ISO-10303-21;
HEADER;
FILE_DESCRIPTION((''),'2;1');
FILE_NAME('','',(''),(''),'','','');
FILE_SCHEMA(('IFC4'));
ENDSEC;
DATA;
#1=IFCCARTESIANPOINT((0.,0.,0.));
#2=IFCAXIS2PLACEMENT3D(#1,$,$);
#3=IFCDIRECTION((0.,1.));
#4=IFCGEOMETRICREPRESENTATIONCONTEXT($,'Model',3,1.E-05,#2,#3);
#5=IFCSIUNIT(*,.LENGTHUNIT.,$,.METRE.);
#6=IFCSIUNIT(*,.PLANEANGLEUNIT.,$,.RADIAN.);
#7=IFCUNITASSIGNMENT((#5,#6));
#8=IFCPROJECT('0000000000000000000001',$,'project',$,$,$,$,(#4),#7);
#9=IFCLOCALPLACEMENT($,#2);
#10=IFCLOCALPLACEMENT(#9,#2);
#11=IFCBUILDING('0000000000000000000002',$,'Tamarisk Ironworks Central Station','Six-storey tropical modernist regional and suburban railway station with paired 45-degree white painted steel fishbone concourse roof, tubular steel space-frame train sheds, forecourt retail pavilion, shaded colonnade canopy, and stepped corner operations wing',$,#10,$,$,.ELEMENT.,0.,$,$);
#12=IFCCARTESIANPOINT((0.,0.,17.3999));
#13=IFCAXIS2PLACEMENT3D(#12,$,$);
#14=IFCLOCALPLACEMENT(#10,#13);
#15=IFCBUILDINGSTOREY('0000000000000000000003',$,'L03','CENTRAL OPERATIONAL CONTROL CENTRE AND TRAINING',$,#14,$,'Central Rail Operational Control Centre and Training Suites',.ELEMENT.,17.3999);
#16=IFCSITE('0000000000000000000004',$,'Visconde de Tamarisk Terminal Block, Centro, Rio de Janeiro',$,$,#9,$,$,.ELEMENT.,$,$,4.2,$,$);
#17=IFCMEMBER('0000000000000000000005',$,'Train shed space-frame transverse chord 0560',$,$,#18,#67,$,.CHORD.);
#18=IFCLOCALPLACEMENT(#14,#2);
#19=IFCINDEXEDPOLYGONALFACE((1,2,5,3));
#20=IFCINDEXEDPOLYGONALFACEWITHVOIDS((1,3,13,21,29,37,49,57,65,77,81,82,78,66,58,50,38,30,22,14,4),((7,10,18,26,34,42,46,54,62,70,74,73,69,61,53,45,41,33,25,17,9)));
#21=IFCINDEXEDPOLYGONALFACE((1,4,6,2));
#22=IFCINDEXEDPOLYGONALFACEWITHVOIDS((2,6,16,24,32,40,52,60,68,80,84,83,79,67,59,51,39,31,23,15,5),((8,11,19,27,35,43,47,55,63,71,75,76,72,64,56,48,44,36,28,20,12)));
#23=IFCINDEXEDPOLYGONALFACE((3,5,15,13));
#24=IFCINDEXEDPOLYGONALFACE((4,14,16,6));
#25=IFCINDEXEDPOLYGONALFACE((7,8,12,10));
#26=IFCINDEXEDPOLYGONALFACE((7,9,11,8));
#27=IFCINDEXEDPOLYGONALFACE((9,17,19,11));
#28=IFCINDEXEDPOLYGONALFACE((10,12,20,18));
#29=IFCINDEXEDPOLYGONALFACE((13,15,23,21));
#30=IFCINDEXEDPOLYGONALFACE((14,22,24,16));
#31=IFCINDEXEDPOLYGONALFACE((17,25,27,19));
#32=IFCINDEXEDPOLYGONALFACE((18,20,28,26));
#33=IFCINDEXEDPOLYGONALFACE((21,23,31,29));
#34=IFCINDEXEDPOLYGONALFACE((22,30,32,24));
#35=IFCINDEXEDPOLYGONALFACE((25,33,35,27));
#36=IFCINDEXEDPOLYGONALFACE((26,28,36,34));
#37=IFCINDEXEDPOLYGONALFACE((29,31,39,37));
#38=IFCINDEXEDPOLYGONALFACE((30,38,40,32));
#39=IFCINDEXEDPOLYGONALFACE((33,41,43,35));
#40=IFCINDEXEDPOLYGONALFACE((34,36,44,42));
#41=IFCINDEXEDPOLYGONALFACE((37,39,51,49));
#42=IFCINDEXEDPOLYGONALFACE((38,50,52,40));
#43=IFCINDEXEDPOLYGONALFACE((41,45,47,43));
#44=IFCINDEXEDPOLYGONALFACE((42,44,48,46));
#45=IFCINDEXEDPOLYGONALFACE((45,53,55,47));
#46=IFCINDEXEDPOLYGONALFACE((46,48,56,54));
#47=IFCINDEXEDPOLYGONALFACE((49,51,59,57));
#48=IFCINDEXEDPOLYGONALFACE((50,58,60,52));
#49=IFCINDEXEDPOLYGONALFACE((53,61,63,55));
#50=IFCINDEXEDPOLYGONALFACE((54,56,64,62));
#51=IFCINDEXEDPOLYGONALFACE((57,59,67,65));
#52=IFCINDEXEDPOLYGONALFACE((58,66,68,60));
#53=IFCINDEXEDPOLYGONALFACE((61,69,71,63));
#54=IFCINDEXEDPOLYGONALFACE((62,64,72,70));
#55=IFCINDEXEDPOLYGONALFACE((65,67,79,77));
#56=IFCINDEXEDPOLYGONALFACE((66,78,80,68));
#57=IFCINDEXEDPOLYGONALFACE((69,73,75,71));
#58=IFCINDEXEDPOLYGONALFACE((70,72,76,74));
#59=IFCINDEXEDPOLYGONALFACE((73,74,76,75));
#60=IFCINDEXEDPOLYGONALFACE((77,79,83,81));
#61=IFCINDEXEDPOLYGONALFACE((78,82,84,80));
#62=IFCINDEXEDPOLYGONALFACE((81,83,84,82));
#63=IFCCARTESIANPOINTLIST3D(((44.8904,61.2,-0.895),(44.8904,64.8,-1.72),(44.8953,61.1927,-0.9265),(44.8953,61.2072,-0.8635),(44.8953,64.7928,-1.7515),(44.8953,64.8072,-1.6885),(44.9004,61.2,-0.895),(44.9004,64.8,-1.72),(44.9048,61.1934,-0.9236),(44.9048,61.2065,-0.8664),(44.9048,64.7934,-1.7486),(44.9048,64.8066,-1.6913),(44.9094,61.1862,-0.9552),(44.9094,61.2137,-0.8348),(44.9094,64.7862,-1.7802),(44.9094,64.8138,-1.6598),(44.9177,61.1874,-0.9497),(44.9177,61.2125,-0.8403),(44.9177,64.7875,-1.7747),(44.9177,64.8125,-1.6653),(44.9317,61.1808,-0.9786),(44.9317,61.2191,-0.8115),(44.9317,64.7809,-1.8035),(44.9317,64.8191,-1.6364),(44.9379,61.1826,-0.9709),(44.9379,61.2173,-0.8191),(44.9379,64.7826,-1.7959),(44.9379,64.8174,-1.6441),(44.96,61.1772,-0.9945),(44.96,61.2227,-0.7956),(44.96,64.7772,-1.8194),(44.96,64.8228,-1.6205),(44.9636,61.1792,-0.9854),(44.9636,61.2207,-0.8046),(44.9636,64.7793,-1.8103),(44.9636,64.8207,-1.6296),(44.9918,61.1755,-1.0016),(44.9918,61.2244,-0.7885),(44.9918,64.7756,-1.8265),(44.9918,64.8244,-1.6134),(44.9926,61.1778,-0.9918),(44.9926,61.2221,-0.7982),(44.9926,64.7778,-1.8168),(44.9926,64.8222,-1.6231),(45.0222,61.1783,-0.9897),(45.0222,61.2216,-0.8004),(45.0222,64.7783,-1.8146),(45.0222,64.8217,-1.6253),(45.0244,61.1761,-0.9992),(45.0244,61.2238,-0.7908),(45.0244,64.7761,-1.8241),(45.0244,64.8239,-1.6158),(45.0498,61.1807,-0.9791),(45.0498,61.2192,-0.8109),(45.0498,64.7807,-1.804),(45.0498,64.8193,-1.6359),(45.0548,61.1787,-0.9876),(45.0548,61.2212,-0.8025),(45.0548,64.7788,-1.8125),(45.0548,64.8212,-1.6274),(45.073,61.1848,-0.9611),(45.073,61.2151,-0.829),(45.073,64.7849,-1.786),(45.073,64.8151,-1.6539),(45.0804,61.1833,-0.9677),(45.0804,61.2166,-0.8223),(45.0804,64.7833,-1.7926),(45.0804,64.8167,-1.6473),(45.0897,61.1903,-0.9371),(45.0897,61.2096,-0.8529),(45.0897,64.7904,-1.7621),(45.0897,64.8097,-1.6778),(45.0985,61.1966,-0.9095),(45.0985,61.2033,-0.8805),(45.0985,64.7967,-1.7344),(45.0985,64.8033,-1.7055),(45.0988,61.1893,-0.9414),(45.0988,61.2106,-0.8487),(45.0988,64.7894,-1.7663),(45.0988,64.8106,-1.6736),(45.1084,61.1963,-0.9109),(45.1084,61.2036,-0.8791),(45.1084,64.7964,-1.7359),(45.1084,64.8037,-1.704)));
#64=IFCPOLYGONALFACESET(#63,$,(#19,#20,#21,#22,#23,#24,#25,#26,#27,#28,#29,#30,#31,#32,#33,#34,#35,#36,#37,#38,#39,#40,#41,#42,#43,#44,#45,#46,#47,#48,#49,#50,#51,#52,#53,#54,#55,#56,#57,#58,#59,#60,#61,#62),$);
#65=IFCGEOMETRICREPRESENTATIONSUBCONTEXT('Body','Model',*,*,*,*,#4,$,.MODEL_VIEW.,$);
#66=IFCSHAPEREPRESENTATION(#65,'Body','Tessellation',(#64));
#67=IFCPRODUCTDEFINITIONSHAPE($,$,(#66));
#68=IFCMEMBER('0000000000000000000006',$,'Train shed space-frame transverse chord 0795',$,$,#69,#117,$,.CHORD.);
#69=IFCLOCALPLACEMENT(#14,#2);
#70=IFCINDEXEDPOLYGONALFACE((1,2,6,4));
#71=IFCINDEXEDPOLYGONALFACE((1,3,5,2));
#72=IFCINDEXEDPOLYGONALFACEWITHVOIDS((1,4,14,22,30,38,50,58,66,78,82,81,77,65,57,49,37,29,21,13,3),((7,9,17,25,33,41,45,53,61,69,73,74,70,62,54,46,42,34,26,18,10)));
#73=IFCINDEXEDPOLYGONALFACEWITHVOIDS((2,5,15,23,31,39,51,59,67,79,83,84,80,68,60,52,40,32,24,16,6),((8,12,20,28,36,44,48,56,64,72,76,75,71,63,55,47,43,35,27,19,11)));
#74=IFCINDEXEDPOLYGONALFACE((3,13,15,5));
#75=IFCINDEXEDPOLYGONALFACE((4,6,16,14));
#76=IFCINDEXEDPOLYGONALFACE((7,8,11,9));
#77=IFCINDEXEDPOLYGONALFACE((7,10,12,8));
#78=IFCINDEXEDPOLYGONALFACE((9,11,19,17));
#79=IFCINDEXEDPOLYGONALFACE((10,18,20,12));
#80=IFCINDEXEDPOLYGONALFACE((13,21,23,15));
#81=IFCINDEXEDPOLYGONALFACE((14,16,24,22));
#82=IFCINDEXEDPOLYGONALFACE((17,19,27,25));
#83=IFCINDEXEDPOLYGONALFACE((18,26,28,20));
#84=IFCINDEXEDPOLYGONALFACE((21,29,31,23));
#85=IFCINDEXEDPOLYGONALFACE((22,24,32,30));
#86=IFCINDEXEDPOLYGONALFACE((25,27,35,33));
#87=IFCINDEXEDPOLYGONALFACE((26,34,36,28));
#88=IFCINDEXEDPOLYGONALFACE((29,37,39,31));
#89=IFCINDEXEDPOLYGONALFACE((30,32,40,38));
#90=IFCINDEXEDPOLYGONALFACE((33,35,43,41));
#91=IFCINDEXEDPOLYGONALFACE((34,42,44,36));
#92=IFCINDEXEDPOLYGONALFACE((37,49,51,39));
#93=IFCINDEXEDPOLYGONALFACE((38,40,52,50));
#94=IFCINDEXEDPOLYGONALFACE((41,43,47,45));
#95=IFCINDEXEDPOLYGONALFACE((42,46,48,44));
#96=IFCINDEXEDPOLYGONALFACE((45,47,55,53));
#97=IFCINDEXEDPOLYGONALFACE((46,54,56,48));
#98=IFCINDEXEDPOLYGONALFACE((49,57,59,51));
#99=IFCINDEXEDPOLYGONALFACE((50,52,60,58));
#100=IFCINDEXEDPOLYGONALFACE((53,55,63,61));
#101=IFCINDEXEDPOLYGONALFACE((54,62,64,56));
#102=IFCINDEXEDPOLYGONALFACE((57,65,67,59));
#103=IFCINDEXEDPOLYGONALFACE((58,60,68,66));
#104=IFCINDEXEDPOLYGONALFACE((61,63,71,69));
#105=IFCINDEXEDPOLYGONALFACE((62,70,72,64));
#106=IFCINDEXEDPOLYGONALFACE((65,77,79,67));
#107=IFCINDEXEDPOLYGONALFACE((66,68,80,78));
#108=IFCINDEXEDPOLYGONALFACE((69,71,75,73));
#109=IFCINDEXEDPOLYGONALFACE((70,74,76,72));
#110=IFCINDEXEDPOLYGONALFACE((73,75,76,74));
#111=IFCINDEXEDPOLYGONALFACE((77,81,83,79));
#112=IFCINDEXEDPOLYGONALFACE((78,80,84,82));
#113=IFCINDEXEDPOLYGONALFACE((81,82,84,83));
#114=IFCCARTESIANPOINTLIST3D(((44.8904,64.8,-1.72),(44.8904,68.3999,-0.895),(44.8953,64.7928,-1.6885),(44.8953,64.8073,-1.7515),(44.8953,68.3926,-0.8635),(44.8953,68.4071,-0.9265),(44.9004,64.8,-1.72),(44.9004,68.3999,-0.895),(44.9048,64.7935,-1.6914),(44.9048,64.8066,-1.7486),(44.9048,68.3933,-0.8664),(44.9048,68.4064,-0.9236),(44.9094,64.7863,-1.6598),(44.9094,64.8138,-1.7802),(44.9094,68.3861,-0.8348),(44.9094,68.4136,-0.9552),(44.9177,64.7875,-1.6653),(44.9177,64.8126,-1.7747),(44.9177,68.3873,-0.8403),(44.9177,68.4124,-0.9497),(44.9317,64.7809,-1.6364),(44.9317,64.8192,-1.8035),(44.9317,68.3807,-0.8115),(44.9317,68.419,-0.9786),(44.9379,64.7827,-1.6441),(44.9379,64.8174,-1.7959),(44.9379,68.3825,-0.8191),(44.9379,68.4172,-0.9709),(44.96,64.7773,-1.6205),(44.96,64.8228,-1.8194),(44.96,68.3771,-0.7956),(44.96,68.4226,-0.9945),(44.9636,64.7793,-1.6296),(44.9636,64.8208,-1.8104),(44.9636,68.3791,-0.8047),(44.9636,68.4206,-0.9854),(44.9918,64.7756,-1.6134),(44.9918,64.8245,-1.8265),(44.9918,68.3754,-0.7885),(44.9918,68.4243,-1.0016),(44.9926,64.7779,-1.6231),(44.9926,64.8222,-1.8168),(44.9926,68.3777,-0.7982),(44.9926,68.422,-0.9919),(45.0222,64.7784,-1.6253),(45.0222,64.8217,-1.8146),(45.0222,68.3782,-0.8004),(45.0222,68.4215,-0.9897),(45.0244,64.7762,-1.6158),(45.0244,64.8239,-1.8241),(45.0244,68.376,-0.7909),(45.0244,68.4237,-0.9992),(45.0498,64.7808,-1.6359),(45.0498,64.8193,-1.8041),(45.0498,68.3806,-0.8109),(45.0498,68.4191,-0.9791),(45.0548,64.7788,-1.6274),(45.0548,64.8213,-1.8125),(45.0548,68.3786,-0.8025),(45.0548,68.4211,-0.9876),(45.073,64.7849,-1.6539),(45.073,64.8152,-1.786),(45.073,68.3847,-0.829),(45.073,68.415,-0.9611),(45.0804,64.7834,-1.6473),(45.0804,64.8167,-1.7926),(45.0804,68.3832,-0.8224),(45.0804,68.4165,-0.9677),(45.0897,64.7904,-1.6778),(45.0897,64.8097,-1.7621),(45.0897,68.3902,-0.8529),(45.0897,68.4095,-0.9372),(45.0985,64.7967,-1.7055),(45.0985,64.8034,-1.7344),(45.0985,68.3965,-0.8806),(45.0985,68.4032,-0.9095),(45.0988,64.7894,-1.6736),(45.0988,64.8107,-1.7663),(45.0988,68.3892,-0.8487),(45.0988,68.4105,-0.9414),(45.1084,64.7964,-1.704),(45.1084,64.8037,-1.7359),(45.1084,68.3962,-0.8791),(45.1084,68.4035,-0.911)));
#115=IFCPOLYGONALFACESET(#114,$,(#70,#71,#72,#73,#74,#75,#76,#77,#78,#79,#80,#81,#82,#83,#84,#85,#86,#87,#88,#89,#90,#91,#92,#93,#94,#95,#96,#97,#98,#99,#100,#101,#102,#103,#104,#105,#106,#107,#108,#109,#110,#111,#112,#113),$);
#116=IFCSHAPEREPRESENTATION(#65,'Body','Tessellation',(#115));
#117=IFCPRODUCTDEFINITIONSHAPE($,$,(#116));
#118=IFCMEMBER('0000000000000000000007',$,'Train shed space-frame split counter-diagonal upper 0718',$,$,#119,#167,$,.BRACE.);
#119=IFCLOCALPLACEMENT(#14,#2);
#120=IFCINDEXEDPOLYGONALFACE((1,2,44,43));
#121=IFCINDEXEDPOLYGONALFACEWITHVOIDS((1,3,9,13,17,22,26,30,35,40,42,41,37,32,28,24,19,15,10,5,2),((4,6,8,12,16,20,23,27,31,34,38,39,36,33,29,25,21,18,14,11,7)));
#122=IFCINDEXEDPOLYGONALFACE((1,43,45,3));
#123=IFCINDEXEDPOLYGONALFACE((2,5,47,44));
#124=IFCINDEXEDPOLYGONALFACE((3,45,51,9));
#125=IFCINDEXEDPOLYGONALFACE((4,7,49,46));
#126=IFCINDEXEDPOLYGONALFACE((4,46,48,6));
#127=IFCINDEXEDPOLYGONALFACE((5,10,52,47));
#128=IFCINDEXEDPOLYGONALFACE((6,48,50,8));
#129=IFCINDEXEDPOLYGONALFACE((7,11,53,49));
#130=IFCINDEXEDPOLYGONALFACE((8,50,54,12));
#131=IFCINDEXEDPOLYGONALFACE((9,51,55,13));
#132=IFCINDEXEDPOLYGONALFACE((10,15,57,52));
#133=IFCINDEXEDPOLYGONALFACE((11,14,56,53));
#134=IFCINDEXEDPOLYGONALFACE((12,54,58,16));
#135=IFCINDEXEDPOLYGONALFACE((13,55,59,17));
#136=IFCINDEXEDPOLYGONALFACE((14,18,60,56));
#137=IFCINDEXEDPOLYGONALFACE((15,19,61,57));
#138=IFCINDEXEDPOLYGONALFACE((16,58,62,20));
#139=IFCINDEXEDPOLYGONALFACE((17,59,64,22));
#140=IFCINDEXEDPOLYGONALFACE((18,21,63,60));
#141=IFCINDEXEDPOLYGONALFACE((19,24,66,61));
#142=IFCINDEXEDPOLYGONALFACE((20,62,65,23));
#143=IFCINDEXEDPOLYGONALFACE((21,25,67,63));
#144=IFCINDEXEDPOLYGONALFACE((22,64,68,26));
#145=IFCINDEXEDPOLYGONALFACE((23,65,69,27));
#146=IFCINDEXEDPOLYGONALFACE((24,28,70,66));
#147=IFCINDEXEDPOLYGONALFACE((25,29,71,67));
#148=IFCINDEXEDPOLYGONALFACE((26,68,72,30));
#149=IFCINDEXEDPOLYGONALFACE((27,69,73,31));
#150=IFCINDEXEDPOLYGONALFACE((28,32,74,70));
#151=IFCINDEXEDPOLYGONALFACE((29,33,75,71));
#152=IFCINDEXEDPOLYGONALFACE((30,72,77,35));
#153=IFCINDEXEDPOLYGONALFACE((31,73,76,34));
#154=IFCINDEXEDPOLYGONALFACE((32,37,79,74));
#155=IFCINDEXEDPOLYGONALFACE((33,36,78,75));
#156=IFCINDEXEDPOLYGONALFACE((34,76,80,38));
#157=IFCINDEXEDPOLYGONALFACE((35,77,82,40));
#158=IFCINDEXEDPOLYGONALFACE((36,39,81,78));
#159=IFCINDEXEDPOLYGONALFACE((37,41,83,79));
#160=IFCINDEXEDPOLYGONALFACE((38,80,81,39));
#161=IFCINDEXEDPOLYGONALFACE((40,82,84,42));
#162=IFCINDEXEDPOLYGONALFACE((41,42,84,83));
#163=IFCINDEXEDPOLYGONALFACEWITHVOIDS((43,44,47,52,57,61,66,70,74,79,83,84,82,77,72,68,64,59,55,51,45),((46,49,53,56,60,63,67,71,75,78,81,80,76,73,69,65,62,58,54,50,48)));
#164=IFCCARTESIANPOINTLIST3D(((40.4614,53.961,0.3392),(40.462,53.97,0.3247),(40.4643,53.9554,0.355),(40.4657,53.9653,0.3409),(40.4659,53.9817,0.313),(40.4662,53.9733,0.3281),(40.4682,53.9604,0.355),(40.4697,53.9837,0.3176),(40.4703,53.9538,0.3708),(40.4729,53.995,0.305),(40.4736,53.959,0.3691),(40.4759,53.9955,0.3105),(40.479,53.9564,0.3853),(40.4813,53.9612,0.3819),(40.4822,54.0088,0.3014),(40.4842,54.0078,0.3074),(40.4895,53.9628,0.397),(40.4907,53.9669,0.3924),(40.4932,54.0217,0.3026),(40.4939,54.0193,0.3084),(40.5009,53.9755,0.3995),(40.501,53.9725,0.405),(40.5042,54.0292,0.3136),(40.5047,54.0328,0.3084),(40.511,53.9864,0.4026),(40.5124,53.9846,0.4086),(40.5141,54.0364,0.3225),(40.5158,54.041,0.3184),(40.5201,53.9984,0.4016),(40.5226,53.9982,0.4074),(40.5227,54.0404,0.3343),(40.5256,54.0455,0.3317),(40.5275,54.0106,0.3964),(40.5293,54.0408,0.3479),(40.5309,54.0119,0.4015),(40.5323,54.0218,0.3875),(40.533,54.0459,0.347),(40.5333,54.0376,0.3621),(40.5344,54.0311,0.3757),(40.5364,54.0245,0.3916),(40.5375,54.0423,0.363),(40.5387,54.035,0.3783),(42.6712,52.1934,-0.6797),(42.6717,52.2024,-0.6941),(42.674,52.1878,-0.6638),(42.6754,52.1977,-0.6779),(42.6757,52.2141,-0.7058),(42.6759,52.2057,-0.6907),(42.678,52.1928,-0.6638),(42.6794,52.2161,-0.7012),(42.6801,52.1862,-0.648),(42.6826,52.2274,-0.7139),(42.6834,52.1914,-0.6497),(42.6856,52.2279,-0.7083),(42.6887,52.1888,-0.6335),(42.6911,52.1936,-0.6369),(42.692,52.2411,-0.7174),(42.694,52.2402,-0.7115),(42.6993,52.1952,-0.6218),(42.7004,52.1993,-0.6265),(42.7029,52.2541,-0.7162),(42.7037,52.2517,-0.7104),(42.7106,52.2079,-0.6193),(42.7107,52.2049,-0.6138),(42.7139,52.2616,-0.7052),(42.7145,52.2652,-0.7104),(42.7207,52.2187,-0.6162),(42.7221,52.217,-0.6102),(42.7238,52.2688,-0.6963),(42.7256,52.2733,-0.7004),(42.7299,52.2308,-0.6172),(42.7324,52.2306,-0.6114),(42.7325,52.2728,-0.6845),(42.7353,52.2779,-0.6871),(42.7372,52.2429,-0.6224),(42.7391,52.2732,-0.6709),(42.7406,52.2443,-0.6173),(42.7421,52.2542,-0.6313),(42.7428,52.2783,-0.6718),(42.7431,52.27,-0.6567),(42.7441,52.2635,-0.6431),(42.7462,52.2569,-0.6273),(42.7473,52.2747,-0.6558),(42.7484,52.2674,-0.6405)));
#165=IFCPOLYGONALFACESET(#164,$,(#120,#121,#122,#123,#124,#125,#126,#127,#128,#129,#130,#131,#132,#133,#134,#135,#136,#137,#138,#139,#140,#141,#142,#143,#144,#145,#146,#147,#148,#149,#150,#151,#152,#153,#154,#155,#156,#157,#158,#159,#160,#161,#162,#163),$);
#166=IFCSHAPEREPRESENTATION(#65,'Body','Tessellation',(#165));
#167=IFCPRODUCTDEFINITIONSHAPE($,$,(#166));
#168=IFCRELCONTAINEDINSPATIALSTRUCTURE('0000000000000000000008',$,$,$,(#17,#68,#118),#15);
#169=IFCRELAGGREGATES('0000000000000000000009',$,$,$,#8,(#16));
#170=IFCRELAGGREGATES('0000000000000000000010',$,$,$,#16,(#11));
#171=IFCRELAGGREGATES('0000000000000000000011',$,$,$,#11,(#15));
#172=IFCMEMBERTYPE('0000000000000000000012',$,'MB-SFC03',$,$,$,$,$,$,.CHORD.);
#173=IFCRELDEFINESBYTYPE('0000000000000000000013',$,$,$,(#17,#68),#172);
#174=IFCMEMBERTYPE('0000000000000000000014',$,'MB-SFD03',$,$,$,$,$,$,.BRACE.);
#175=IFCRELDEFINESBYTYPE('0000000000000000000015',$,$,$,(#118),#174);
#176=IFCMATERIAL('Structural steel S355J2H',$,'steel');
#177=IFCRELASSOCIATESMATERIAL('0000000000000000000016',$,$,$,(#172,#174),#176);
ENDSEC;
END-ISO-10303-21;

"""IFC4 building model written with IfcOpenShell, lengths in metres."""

from ifc_helpers import new_model, si_unit, direction, frame, origin, origin_2d, place, context, subcontext, project, spatial, hollow_circle, extrude, material, material_profile, profile_set, type_object, element, save


model = new_model("IFC4")

# Units and contexts
model_context = context("Model", 3, precision=1e-05, world=origin(), true_north=direction((0.0, 1.0)))
body_context = subcontext(model_context, "Body", "Model", "MODEL_VIEW")
ifc_project = project(units=[si_unit("LENGTHUNIT", "METRE"), si_unit("PLANEANGLEUNIT", "RADIAN")], contexts=[model_context])

# Site, building, storey
site_placement = place(None, origin())
site = spatial("IfcSite", under=ifc_project, at=site_placement, Name="Visconde de Tamarisk Terminal Block, Centro, Rio de Janeiro", CompositionType="ELEMENT", RefElevation=4.2)
building_placement = place(site_placement, origin())
building = spatial("IfcBuilding", under=site, at=building_placement, Name="Tamarisk Ironworks Central Station", Description="Six-storey tropical modernist regional and suburban railway station with paired 45-degree white painted steel fishbone concourse roof, tubular steel space-frame train sheds, forecourt retail pavilion, shaded colonnade canopy, and stepped corner operations wing", CompositionType="ELEMENT", ElevationOfRefHeight=0.0)
storey_placement = place(building_placement, frame((0.0, 0.0, 17.3999)))
storey = spatial("IfcBuildingStorey", under=building, at=storey_placement, Name="L03", Description="CENTRAL OPERATIONAL CONTROL CENTRE AND TRAINING", LongName="Central Rail Operational Control Centre and Training Suites", CompositionType="ELEMENT", Elevation=17.3999)

# Members
ifc_material_1 = material(Name="Structural steel S355J2H", Category="steel")
ifc_material_profile_1 = material_profile(ifc_material_1, hollow_circle(Radius=0.1096, WallThickness=0.01, at=origin_2d()), Name="CHS 219.1x10")
ifc_profile_set_1 = profile_set([ifc_material_profile_1], Name="Structural steel S355J2H")
member_type_1 = type_object("IfcMemberType", Name="MB-SFC03", PredefinedType="CHORD", material=ifc_profile_set_1)
member_1_placement = place(storey_placement, frame((45.0, 61.2, -0.895), z_axis=(0.0, 0.974737, -0.223358), x_axis=(-1.0, 0.0, 0.0)))
element("IfcMember", 1, at=member_1_placement, inside=storey, type_object=member_type_1, Name="Train shed space-frame transverse chord 0560", PredefinedType="CHORD", context=body_context, shape_type="SweptSolid", body=[
    extrude(hollow_circle(Radius=0.1096, WallThickness=0.01, at=origin_2d()), origin(), (0.0, 0.0, 1.0), 3.6934),
])
member_2_placement = place(storey_placement, frame((45.0, 64.8, -1.72), z_axis=(0.0, 0.974733, 0.223372), x_axis=(-1.0, 0.0, 0.0)))
element("IfcMember", 2, at=member_2_placement, inside=storey, type_object=member_type_1, Name="Train shed space-frame transverse chord 0795", PredefinedType="CHORD", context=body_context, shape_type="SweptSolid", body=[
    extrude(hollow_circle(Radius=0.1096, WallThickness=0.01, at=origin_2d()), origin(), (0.0, 0.0, 1.0), 3.6931),
])
ifc_material_profile_2 = material_profile(ifc_material_1, hollow_circle(Radius=0.0571, WallThickness=0.0063, at=origin_2d()), Name="CHS 114.3x6.3")
ifc_profile_set_2 = profile_set([ifc_material_profile_2], Name="Structural steel S355J2H")
member_type_2 = type_object("IfcMemberType", Name="MB-SFD03", PredefinedType="BRACE", material=ifc_profile_set_2)
for number, where, z_axis, x_axis, name in (
    (3, (42.7097, 52.2324, -0.6638), (-0.734732, 0.587721, 0.338751), (-0.624653, -0.780902, 0.0), "Train shed space-frame split counter-diagonal upper 0718"),
):
    element("IfcMember", number, at=place(storey_placement, frame(where, z_axis=z_axis, x_axis=x_axis)), inside=storey, type_object=member_type_2, Name=name, PredefinedType="BRACE", context=body_context, shape_type="SweptSolid", body=[
        extrude(hollow_circle(Radius=0.0571, WallThickness=0.0063, at=origin_2d()), origin(), (0.0, 0.0, 1.0), 3.0076),
    ])

save(model, "model.ifc")
